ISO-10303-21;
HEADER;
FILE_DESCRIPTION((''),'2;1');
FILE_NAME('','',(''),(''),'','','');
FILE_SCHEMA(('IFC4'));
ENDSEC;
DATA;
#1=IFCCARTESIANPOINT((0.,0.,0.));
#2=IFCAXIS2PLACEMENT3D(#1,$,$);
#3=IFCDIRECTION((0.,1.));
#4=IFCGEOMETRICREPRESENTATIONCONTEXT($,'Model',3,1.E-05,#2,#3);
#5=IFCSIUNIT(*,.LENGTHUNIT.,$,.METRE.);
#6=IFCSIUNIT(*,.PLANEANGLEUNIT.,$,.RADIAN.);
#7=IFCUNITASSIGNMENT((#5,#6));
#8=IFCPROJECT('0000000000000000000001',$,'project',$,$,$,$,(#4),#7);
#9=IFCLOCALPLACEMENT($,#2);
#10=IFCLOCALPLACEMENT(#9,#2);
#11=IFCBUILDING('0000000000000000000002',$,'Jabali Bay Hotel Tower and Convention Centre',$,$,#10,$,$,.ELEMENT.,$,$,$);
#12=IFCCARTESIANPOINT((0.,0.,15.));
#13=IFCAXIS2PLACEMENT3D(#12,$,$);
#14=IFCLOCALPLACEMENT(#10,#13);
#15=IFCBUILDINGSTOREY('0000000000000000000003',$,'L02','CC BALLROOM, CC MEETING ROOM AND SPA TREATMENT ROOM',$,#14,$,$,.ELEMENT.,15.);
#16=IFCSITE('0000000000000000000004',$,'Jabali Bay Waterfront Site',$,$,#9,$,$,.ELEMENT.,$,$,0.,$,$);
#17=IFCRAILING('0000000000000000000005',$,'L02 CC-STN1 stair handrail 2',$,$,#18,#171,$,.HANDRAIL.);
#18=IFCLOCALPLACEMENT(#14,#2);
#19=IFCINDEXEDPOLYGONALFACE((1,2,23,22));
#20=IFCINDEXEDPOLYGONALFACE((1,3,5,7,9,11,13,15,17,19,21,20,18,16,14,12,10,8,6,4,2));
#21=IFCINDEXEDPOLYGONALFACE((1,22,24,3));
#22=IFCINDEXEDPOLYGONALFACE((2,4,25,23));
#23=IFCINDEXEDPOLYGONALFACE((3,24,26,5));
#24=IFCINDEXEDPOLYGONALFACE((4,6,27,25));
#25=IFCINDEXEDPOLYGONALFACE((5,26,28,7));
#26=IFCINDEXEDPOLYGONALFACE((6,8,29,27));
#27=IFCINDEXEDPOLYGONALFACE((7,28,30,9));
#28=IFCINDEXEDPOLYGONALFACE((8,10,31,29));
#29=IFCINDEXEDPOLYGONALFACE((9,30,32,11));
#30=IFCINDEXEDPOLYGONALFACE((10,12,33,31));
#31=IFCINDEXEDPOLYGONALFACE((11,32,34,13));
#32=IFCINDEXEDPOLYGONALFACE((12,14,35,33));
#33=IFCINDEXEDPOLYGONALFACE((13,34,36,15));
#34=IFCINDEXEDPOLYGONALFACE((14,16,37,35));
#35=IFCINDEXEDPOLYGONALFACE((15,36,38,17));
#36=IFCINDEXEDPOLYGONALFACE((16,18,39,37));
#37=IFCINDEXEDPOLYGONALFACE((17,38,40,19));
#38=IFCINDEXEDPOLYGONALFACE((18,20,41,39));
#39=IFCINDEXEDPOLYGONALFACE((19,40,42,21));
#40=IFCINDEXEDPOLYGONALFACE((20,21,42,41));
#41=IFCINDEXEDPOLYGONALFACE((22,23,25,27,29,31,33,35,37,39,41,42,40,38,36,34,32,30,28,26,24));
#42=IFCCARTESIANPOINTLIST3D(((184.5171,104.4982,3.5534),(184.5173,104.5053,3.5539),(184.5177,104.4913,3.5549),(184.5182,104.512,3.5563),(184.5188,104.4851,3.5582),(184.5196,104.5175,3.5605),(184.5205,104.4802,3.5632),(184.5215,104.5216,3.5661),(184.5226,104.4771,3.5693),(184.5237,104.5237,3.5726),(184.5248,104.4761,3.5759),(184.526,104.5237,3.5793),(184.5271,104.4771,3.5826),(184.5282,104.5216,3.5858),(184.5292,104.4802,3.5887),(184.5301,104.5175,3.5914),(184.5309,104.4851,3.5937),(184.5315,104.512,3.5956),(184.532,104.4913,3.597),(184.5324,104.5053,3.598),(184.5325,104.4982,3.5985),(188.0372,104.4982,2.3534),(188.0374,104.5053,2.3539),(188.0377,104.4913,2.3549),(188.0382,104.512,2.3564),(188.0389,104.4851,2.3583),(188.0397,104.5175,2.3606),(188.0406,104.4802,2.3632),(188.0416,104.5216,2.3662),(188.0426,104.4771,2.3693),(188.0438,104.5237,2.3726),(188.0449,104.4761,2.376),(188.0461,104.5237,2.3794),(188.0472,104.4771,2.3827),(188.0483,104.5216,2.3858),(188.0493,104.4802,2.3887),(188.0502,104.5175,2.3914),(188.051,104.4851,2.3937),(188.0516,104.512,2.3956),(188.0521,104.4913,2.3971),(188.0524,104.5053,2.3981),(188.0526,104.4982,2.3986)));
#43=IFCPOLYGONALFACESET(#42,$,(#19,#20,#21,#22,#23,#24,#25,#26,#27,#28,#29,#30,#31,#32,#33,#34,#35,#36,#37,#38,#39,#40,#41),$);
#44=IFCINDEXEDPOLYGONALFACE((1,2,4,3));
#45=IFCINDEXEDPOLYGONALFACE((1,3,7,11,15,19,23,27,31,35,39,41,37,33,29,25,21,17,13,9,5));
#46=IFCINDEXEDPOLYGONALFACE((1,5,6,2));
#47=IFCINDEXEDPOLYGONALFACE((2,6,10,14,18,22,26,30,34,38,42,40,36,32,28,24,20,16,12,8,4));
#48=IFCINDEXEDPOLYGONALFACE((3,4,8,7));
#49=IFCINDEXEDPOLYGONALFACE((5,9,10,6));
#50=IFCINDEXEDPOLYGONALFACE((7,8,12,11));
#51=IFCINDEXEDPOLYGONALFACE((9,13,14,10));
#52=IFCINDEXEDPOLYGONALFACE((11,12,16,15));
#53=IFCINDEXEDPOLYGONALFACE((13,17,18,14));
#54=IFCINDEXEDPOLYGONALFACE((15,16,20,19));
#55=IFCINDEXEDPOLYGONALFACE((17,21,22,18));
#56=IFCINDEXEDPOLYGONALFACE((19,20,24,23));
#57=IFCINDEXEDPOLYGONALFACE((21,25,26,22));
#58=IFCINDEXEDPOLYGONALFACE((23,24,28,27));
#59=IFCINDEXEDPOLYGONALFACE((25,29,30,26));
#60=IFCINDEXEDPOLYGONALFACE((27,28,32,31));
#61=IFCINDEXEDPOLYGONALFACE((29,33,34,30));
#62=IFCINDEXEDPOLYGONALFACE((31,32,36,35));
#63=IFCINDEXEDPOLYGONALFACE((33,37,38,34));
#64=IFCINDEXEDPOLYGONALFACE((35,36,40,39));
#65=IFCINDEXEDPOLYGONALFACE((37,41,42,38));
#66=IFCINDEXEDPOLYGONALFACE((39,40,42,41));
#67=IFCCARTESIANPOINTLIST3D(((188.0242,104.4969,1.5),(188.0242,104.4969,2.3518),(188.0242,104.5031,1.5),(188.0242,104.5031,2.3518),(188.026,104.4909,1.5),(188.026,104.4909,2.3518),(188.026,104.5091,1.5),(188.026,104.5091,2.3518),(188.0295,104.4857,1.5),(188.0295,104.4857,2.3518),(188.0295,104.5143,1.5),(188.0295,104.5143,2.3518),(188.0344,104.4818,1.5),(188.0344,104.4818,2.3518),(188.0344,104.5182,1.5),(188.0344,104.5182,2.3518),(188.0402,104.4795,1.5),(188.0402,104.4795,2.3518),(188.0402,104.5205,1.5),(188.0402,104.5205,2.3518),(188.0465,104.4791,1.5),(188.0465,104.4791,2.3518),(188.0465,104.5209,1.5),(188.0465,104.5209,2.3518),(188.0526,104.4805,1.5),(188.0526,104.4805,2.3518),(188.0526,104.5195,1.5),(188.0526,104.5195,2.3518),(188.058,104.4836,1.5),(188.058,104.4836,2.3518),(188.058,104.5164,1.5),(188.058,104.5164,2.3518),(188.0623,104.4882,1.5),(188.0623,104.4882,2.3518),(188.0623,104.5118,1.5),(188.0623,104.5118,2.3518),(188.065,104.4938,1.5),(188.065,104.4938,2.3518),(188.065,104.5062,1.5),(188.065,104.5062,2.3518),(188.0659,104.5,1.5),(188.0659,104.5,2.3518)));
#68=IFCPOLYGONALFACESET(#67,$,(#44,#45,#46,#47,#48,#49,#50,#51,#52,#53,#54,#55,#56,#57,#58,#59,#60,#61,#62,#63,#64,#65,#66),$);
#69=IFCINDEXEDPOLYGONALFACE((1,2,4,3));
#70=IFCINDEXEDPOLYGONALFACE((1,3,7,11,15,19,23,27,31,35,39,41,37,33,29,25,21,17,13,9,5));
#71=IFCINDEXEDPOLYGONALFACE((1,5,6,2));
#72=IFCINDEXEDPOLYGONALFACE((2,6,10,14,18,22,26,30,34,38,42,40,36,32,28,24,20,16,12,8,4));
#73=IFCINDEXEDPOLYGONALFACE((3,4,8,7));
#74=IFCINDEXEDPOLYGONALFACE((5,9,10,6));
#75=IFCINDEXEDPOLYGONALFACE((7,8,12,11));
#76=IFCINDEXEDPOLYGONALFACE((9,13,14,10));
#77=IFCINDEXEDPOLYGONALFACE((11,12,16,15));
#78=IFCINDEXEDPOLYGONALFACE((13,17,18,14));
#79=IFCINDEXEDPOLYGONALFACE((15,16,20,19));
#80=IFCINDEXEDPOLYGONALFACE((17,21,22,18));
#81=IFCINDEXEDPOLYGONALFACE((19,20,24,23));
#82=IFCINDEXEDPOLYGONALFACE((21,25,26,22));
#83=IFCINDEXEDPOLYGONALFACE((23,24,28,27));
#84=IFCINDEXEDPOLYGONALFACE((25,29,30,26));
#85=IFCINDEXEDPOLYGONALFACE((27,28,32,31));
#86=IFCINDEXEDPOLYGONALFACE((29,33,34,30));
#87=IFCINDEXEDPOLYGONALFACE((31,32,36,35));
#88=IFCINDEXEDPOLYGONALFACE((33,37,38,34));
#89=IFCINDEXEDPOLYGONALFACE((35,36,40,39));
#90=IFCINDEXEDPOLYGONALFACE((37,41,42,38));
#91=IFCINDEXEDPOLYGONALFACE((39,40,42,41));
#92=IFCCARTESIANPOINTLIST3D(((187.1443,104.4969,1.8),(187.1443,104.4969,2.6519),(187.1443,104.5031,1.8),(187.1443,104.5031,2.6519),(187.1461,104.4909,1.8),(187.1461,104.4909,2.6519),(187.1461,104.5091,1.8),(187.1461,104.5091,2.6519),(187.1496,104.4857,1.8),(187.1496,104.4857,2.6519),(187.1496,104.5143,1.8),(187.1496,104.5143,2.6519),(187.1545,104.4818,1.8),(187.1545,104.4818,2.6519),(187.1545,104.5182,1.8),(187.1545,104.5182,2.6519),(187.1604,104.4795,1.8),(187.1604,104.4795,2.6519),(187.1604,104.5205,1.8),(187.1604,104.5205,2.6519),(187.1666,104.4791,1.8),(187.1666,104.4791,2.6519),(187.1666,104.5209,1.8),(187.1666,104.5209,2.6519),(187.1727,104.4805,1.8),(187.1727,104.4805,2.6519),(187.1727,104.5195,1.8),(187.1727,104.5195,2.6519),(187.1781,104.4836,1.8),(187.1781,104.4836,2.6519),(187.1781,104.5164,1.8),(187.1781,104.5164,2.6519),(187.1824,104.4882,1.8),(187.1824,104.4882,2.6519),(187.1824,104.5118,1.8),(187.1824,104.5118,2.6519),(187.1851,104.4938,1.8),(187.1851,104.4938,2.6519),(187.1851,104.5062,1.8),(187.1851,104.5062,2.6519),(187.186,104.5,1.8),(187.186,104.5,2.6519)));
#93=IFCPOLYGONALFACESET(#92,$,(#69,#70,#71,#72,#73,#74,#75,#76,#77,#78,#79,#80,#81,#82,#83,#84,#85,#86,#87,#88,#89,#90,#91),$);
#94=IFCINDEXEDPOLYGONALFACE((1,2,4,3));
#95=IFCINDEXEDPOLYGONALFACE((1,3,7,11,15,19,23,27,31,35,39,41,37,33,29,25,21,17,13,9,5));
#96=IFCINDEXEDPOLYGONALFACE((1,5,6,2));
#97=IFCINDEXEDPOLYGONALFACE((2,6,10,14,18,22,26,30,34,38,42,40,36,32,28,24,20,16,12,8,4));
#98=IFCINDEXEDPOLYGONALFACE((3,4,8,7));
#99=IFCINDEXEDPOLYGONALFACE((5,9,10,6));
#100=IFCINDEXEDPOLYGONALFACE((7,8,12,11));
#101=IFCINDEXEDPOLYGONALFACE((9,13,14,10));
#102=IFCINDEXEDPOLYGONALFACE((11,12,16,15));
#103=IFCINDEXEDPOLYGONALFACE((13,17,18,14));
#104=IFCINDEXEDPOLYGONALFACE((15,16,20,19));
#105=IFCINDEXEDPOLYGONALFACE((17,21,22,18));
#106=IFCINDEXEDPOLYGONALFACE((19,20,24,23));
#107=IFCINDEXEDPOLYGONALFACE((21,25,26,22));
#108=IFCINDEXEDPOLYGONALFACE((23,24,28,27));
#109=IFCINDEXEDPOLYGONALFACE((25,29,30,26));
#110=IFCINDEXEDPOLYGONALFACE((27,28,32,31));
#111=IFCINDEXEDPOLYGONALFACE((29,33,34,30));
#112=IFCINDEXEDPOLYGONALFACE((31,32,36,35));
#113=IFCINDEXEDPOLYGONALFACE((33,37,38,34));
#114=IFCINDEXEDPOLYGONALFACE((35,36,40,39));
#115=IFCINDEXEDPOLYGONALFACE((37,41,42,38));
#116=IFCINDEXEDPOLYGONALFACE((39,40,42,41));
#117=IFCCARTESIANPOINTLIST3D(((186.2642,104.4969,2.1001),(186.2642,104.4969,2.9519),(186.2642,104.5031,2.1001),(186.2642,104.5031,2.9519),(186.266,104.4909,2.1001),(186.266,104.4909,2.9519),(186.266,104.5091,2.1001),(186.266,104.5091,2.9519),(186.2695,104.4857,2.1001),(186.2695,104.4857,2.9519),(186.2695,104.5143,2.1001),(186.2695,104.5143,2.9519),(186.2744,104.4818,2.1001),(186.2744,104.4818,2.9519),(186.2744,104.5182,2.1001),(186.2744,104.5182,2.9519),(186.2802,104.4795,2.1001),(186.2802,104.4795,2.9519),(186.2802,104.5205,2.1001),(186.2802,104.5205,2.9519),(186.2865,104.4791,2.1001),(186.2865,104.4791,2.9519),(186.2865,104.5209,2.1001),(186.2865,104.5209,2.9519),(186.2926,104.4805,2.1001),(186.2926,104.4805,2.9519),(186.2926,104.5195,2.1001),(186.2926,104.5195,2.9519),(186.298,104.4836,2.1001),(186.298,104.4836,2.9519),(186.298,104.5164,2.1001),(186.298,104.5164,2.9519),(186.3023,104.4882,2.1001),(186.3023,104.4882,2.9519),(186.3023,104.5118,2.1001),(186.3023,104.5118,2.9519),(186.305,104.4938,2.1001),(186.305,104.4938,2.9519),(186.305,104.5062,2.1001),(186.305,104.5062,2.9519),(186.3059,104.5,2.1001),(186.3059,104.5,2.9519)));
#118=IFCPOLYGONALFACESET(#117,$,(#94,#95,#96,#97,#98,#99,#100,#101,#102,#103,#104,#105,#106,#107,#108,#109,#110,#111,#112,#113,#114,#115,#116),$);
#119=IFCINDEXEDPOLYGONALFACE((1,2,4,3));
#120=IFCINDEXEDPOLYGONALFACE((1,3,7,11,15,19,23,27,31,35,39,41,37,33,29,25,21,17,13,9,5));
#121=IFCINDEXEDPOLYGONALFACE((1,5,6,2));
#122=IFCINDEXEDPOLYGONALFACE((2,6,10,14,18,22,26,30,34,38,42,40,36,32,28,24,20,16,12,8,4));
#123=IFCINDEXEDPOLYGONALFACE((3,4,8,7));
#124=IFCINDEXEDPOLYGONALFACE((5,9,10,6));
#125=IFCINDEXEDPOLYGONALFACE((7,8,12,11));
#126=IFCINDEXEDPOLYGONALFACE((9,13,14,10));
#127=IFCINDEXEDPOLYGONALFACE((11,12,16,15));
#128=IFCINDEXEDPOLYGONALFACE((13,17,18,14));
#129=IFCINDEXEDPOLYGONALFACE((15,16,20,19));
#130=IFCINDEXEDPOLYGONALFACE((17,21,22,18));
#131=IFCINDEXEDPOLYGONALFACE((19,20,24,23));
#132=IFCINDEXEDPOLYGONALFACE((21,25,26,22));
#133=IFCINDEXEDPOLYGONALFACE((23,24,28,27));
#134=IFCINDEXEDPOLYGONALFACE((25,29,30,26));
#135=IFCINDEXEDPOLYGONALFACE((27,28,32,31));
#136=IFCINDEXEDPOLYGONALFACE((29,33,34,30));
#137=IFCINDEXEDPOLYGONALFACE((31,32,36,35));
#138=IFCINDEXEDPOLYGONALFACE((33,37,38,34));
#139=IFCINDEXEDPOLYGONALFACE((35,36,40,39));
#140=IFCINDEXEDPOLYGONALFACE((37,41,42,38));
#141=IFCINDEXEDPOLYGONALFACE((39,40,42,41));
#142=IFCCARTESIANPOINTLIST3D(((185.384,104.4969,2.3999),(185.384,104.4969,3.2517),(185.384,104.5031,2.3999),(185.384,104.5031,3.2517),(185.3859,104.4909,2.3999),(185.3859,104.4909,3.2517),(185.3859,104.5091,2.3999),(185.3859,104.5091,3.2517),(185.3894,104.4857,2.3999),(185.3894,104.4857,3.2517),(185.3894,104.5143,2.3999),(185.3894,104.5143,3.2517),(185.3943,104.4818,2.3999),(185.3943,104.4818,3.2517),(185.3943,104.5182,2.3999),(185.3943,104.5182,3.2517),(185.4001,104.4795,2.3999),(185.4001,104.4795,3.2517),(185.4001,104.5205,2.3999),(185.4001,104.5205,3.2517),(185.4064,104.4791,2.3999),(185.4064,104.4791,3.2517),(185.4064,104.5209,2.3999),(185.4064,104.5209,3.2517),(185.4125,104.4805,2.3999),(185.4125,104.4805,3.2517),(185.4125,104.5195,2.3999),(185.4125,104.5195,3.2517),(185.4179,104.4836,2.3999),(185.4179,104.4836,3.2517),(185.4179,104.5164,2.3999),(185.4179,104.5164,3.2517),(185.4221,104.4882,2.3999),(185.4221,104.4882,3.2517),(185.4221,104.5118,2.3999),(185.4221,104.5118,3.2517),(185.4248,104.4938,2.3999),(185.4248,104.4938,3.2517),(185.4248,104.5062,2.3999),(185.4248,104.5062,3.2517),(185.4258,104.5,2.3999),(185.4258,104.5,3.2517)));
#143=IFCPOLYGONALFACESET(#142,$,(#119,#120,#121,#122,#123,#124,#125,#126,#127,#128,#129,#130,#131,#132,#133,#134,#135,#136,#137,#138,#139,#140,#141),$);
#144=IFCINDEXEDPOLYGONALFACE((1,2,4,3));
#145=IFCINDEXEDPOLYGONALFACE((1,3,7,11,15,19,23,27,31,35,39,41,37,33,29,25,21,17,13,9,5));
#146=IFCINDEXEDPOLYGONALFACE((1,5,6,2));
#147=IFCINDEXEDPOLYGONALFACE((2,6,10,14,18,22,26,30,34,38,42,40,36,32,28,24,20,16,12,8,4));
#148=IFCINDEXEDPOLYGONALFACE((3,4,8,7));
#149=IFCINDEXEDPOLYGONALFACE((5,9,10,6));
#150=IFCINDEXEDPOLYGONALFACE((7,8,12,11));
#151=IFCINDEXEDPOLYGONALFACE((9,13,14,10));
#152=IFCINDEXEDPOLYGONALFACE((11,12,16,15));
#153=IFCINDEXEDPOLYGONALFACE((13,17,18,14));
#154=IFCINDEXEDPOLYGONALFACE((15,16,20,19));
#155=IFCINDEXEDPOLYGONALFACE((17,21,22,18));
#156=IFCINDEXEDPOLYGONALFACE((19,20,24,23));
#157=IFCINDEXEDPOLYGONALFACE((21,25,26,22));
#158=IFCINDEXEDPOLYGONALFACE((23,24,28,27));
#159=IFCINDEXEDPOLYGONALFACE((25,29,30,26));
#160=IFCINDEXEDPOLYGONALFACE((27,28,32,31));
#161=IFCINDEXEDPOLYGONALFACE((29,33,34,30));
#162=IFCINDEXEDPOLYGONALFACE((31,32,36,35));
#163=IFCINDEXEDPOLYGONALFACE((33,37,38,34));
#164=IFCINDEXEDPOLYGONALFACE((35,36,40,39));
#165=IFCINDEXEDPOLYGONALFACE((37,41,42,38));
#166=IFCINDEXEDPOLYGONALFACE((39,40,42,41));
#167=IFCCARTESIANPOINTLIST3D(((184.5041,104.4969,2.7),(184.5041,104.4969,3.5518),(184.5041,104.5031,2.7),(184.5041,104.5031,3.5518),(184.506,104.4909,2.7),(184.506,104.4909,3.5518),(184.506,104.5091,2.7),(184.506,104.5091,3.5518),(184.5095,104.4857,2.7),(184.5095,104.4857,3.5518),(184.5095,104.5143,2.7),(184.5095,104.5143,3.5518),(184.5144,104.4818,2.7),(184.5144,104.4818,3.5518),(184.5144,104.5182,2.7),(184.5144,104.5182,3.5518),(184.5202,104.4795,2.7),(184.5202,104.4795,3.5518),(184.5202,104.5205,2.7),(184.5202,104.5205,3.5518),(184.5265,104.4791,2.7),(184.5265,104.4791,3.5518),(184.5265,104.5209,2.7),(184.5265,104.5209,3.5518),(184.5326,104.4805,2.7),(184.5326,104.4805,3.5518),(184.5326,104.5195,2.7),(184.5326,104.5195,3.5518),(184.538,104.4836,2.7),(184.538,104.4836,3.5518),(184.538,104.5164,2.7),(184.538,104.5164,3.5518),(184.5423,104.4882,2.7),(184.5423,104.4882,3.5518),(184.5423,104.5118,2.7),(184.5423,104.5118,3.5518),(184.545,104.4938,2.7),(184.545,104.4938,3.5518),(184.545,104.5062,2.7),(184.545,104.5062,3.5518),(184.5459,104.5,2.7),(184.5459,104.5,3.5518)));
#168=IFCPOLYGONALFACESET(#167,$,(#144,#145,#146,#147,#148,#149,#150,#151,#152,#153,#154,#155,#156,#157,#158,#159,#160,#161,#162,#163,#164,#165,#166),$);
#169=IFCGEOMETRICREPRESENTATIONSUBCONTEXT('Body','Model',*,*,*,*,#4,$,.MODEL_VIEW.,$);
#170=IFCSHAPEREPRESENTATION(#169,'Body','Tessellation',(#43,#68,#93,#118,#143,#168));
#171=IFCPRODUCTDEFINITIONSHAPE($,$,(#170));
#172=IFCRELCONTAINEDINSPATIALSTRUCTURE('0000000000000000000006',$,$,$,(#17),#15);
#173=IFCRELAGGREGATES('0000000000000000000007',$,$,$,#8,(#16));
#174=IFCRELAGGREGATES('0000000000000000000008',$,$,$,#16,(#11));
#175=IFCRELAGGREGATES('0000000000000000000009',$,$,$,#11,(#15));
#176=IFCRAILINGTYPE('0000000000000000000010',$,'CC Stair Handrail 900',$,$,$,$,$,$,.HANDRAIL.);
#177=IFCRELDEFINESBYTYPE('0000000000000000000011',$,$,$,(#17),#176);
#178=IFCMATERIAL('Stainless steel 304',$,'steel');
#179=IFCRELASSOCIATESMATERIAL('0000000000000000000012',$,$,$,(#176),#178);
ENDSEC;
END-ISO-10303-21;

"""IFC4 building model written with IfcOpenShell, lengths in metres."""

from ifc_helpers import new_model, si_unit, direction, frame, origin, origin_2d, place, context, subcontext, project, spatial, circle, extrude, material, type_object, element, save


model = new_model("IFC4")

# Units and contexts
model_context = context("Model", 3, precision=1e-05, world=origin(), true_north=direction((0.0, 1.0)))
body_context = subcontext(model_context, "Body", "Model", "MODEL_VIEW")
ifc_project = project(units=[si_unit("LENGTHUNIT", "METRE"), si_unit("PLANEANGLEUNIT", "RADIAN")], contexts=[model_context])

# Site, building, storey
site_placement = place(None, origin())
site = spatial("IfcSite", under=ifc_project, at=site_placement, Name="Jabali Bay Waterfront Site", CompositionType="ELEMENT", RefElevation=0.0)
building_placement = place(site_placement, origin())
building = spatial("IfcBuilding", under=site, at=building_placement, Name="Jabali Bay Hotel Tower and Convention Centre", CompositionType="ELEMENT")
storey_placement = place(building_placement, frame((0.0, 0.0, 15.0)))
storey = spatial("IfcBuildingStorey", under=building, at=storey_placement, Name="L02", Description="CC BALLROOM, CC MEETING ROOM AND SPA TREATMENT ROOM", CompositionType="ELEMENT", Elevation=15.0)

# Railing
ifc_material_1 = material(Name="Stainless steel 304", Category="steel")
railing_type_1 = type_object("IfcRailingType", Name="CC Stair Handrail 900", PredefinedType="HANDRAIL", material=ifc_material_1)
for number, where, name in (
    (1, (188.0449, 104.5, 1.5), "L02 CC-STN1 stair handrail 2"),
):
    element("IfcRailing", number, at=place(storey_placement, frame(where)), inside=storey, type_object=railing_type_1, Name=name, PredefinedType="HANDRAIL", context=body_context, shape_type="SweptSolid", body=[
        extrude(circle(Radius=0.0239, at=origin_2d()), frame((0.0, 0.0, 0.876), z_axis=(-0.946515, 0.0, 0.322661), x_axis=(0.0, -1.0, 0.0)), (0.0, 0.0, 1.0), 3.719),
        extrude(circle(Radius=0.021, at=origin_2d()), origin(), (0.0, 0.0, 1.0), 0.8518),
        extrude(circle(Radius=0.021, at=origin_2d()), frame((-0.8799, 0.0, 0.3)), (0.0, 0.0, 1.0), 0.8518),
        extrude(circle(Radius=0.021, at=origin_2d()), frame((-1.76, 0.0, 0.6001)), (0.0, 0.0, 1.0), 0.8518),
        extrude(circle(Radius=0.021, at=origin_2d()), frame((-2.6401, 0.0, 0.8999)), (0.0, 0.0, 1.0), 0.8518),
        extrude(circle(Radius=0.021, at=origin_2d()), frame((-3.52, 0.0, 1.2)), (0.0, 0.0, 1.0), 0.8518),
    ])

save(model, "model.ifc")
